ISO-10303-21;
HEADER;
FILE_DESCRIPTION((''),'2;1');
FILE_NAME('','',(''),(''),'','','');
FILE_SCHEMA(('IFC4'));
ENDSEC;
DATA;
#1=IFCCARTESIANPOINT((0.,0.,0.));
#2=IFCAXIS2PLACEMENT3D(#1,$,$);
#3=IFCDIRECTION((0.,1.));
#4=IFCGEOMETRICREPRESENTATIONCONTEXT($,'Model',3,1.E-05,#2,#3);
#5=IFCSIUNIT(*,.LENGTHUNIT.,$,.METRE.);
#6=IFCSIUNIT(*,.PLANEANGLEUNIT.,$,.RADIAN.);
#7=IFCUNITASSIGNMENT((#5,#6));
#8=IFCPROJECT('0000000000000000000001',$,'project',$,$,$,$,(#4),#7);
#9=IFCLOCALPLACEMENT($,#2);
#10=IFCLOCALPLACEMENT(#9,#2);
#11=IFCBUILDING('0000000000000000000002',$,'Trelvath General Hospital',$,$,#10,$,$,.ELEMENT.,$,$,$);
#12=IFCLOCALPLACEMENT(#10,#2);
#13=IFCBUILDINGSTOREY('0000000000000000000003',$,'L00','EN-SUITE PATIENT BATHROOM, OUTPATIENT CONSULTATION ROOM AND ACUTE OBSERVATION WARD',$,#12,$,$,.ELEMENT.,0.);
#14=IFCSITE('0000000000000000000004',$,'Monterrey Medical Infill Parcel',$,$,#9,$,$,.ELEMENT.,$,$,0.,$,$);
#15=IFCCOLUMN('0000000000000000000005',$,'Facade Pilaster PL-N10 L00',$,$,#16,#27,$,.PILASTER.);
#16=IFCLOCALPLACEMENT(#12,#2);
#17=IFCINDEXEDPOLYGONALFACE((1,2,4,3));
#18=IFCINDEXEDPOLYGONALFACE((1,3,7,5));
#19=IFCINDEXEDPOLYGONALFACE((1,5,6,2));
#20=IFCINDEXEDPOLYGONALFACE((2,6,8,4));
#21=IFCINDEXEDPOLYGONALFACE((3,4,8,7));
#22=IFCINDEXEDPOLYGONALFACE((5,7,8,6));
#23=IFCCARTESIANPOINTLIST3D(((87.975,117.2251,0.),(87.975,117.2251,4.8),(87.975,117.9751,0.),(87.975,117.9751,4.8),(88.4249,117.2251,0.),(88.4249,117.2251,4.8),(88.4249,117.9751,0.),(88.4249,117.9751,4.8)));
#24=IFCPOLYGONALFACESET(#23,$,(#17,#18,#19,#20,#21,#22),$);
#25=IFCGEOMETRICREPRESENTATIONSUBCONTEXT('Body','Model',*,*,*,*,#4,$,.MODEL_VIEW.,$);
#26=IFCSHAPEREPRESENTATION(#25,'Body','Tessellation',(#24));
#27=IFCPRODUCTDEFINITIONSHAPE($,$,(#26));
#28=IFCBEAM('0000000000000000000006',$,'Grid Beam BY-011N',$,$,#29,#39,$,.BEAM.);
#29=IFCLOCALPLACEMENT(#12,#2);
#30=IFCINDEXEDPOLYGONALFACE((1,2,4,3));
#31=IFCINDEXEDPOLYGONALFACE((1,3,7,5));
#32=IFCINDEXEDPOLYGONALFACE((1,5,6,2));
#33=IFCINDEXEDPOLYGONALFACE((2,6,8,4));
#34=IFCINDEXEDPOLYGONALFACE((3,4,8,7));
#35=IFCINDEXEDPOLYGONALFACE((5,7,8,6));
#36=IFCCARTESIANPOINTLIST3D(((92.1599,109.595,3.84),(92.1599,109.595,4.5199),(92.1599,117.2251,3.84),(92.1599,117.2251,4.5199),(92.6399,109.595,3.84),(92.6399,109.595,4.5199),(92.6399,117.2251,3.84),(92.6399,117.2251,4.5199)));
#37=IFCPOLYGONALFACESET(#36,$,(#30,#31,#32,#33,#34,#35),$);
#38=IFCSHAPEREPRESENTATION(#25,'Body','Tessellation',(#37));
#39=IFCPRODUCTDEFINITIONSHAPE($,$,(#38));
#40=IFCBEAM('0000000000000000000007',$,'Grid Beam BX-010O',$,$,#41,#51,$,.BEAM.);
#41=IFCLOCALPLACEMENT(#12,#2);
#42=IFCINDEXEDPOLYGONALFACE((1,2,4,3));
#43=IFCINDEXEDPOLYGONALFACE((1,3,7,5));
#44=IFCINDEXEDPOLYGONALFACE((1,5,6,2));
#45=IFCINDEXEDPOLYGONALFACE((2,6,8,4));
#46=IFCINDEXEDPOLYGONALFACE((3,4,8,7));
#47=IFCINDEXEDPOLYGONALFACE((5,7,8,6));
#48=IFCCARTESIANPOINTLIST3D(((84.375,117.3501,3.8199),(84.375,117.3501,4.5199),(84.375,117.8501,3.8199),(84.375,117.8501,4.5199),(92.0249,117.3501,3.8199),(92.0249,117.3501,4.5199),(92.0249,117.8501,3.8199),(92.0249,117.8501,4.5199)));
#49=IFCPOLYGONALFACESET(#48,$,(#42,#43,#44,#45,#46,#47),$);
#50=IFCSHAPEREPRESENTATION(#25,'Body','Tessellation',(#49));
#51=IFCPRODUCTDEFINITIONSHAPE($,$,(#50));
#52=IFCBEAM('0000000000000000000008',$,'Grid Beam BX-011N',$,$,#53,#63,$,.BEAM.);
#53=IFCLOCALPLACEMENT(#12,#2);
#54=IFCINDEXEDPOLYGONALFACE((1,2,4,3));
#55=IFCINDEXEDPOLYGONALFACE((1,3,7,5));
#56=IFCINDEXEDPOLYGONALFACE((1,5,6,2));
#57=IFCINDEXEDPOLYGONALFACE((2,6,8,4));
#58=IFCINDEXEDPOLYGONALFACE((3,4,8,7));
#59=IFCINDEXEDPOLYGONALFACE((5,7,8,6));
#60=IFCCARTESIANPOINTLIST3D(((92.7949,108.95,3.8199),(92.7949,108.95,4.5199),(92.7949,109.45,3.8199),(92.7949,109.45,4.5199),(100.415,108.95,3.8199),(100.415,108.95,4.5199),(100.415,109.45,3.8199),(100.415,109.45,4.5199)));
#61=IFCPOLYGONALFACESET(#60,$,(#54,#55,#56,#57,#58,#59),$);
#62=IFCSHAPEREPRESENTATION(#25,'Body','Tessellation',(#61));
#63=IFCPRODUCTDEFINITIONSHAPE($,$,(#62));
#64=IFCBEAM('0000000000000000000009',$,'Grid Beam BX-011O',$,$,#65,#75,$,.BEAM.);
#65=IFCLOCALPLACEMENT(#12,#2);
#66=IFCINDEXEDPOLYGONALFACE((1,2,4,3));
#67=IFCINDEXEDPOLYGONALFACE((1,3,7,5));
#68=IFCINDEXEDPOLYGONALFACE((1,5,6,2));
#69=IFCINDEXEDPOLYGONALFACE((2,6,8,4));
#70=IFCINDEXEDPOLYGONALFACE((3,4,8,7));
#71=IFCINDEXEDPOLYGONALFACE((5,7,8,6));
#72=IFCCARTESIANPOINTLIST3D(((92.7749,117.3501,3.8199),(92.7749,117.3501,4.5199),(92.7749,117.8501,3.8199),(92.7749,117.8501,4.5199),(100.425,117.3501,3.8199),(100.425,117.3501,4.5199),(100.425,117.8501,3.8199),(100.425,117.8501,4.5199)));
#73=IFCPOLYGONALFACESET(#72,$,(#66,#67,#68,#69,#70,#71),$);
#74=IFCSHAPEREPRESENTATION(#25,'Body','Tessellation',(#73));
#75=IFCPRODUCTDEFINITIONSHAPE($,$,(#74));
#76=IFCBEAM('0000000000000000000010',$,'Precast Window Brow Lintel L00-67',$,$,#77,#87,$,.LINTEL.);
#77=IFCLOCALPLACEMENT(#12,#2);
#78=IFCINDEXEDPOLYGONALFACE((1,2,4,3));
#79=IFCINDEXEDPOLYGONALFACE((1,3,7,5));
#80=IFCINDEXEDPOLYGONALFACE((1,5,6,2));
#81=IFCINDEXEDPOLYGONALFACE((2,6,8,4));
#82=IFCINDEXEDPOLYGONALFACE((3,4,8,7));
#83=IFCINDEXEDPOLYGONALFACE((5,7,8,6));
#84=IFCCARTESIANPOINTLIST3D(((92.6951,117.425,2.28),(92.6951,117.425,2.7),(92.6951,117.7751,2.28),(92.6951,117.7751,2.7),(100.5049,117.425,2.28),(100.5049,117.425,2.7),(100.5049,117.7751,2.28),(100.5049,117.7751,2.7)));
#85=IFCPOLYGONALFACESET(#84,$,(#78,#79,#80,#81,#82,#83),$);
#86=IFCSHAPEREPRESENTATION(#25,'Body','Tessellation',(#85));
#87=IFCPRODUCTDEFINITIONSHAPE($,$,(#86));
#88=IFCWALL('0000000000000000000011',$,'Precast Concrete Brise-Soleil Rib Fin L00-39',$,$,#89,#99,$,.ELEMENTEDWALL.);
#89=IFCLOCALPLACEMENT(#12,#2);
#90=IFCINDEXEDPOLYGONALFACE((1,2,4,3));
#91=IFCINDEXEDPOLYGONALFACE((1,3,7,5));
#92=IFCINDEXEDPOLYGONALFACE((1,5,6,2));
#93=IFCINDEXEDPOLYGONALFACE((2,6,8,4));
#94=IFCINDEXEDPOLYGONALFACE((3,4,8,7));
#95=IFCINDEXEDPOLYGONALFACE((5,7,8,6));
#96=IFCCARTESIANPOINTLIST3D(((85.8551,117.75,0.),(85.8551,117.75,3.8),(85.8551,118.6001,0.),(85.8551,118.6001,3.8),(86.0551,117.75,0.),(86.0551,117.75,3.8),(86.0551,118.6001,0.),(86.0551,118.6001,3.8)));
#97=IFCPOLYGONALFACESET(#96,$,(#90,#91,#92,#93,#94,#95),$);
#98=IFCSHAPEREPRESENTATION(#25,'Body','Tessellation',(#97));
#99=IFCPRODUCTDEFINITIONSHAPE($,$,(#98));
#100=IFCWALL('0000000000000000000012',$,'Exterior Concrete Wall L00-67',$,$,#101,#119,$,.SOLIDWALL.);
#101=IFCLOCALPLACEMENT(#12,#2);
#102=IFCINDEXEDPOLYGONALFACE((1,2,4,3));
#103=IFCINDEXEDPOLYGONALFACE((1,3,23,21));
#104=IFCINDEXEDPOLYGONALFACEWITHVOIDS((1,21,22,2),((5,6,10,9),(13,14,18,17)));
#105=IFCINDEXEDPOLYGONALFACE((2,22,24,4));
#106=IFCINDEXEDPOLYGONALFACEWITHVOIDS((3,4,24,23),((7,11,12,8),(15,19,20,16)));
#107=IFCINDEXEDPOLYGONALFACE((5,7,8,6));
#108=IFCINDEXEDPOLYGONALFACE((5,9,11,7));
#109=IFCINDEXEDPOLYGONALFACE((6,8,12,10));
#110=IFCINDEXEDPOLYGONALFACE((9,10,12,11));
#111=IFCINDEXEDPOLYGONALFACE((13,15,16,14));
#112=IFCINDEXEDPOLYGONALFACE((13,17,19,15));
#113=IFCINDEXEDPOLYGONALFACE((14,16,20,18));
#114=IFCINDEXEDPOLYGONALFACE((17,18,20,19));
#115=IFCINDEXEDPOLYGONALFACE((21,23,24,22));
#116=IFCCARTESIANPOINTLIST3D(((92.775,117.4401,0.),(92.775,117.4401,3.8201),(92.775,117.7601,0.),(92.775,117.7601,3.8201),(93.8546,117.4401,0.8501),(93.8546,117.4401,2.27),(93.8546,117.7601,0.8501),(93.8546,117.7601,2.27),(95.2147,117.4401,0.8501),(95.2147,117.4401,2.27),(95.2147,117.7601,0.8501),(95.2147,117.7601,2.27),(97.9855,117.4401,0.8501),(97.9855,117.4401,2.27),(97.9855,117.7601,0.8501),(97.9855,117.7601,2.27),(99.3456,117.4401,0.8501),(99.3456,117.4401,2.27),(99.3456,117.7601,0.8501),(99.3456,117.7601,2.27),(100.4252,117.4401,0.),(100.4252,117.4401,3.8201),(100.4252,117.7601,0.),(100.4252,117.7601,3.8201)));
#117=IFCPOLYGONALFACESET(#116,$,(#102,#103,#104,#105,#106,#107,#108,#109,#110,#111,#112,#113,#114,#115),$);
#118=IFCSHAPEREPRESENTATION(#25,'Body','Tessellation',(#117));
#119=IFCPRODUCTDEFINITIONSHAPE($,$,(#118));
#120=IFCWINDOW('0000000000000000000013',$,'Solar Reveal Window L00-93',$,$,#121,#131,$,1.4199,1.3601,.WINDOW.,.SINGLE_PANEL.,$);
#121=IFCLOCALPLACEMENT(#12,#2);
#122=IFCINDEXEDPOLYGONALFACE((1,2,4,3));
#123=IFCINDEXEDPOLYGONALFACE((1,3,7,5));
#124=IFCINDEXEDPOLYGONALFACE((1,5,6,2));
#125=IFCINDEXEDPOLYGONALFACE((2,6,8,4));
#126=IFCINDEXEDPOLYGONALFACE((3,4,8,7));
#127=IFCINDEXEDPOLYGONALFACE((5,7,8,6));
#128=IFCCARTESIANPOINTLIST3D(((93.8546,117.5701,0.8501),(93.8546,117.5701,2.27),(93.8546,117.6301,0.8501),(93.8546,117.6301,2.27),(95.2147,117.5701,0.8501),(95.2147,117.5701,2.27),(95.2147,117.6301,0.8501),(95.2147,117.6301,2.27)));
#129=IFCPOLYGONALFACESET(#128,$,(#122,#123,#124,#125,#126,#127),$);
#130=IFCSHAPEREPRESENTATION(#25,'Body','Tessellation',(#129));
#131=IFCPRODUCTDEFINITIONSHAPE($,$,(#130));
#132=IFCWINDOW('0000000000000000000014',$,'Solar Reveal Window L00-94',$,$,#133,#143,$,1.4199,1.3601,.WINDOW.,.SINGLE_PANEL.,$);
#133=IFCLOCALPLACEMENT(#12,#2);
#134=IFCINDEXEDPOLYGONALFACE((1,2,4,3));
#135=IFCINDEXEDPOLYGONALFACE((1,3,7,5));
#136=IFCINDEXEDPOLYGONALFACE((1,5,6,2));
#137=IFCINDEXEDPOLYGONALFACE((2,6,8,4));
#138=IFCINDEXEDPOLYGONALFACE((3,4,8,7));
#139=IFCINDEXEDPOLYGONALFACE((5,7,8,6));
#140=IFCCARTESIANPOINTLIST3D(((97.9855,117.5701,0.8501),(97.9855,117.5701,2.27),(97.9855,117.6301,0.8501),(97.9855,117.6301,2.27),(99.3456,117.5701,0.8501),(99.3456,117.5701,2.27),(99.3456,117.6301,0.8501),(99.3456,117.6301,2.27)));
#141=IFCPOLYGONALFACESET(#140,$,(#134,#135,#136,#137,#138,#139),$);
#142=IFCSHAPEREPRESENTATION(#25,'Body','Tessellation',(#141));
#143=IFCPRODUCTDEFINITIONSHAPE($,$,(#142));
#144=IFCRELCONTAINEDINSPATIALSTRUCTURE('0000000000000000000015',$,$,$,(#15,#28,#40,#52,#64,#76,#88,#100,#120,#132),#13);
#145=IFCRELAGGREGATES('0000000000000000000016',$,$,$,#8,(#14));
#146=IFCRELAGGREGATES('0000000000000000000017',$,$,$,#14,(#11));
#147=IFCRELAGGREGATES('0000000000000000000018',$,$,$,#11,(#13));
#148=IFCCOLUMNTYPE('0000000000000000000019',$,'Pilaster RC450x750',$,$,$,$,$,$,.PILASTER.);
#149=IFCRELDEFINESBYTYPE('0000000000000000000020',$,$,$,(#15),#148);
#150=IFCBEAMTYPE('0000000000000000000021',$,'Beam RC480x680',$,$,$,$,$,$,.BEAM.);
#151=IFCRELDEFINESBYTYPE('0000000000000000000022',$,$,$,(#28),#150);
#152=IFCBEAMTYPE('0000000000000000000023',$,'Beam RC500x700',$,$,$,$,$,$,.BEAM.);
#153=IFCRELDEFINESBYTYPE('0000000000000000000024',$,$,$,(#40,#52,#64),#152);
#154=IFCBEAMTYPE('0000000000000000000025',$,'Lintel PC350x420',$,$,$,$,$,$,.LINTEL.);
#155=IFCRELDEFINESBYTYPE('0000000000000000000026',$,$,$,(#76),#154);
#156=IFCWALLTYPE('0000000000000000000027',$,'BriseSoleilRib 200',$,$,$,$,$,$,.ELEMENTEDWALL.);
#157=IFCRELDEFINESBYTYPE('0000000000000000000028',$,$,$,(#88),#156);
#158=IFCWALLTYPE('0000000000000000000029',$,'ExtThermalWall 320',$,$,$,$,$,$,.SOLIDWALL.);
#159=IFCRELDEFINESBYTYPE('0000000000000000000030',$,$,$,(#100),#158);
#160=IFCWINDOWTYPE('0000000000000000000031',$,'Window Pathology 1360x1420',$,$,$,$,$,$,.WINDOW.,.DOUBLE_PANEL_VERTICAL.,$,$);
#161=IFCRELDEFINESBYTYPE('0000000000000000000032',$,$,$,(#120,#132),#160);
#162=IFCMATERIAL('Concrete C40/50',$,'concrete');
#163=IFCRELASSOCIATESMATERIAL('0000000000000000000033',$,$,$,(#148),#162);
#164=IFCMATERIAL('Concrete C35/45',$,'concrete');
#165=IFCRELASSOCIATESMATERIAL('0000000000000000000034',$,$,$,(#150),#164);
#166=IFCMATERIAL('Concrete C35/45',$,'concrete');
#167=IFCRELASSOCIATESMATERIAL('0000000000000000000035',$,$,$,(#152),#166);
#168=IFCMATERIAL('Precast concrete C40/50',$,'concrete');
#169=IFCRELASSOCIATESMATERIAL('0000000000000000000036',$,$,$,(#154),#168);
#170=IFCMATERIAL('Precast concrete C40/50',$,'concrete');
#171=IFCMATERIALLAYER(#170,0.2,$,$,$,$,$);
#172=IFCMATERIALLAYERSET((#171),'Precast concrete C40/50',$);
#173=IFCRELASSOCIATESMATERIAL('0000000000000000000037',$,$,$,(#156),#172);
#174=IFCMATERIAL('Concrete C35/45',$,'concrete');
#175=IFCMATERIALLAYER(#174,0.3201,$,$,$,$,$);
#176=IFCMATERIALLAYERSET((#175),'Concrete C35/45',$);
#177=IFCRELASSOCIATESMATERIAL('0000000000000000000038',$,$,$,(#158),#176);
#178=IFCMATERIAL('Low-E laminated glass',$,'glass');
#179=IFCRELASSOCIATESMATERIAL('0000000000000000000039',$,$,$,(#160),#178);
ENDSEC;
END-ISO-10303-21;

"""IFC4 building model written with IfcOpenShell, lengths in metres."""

from ifc_helpers import new_model, si_unit, direction, frame, frame_2d, origin, origin_2d, place, context, subcontext, project, spatial, rectangle, extrude, material, layer, layer_set, material_profile, profile_set, type_object, element, fill, save


model = new_model("IFC4")

# Units and contexts
model_context = context("Model", 3, precision=1e-05, world=origin(), true_north=direction((0.0, 1.0)))
body_context = subcontext(model_context, "Body", "Model", "MODEL_VIEW")
ifc_project = project(units=[si_unit("LENGTHUNIT", "METRE"), si_unit("PLANEANGLEUNIT", "RADIAN")], contexts=[model_context])

# Site, building, storey
site_placement = place(None, origin())
site = spatial("IfcSite", under=ifc_project, at=site_placement, Name="Monterrey Medical Infill Parcel", CompositionType="ELEMENT", RefElevation=0.0)
building_placement = place(site_placement, origin())
building = spatial("IfcBuilding", under=site, at=building_placement, Name="Trelvath General Hospital", CompositionType="ELEMENT")
storey_placement = place(building_placement, origin())
storey = spatial("IfcBuildingStorey", under=building, at=storey_placement, Name="L00", Description="EN-SUITE PATIENT BATHROOM, OUTPATIENT CONSULTATION ROOM AND ACUTE OBSERVATION WARD", CompositionType="ELEMENT", Elevation=0.0)

# Column
ifc_material_1 = material(Name="Concrete C40/50", Category="concrete")
ifc_material_profile_1 = material_profile(ifc_material_1, rectangle(XDim=0.45, YDim=0.75, at=origin_2d()), Name="RC450x750")
ifc_profile_set_1 = profile_set([ifc_material_profile_1], Name="Concrete C40/50")
column_type_1 = type_object("IfcColumnType", Name="Pilaster RC450x750", PredefinedType="PILASTER", material=ifc_profile_set_1)
column_1_placement = place(storey_placement, frame((88.2, 117.6001, 0.0), z_axis=(0.0, 0.0, 1.0), x_axis=(1.0, 0.0, 0.0)))
element("IfcColumn", 1, at=column_1_placement, inside=storey, type_object=column_type_1, Name="Facade Pilaster PL-N10 L00", PredefinedType="PILASTER", context=body_context, shape_type="SweptSolid", body=[
    extrude(rectangle(XDim=0.45, YDim=0.75, at=origin_2d()), origin(), (0.0, 0.0, 1.0), 4.8),
])

# Beams
ifc_material_2 = material(Name="Concrete C35/45", Category="concrete")
ifc_material_profile_2 = material_profile(ifc_material_2, rectangle(XDim=0.48, YDim=0.6799, at=origin_2d()), Name="RCB480x680")
ifc_profile_set_2 = profile_set([ifc_material_profile_2], Name="Concrete C35/45")
beam_type_1 = type_object("IfcBeamType", Name="Beam RC480x680", PredefinedType="BEAM", material=ifc_profile_set_2)
beam_1_placement = place(storey_placement, frame((92.3999, 109.595, 4.1799), z_axis=(0.0, 1.0, 0.0), x_axis=(-1.0, 0.0, 0.0)))
element("IfcBeam", 2, at=beam_1_placement, inside=storey, type_object=beam_type_1, Name="Grid Beam BY-011N", PredefinedType="BEAM", context=body_context, shape_type="SweptSolid", body=[
    extrude(rectangle(XDim=0.48, YDim=0.6799, at=origin_2d()), origin(), (0.0, 0.0, 1.0), 7.6301),
])
ifc_material_3 = material(Name="Concrete C35/45", Category="concrete")
ifc_material_profile_3 = material_profile(ifc_material_3, rectangle(XDim=0.5, YDim=0.7, at=origin_2d()), Name="RCB500x700")
ifc_profile_set_3 = profile_set([ifc_material_profile_3], Name="Concrete C35/45")
beam_type_2 = type_object("IfcBeamType", Name="Beam RC500x700", PredefinedType="BEAM", material=ifc_profile_set_3)
beam_2_placement = place(storey_placement, frame((84.375, 117.6001, 4.1699), z_axis=(1.0, 0.0, 0.0), x_axis=(0.0, 1.0, 0.0)))
element("IfcBeam", 3, at=beam_2_placement, inside=storey, type_object=beam_type_2, Name="Grid Beam BX-010O", PredefinedType="BEAM", context=body_context, shape_type="SweptSolid", body=[
    extrude(rectangle(XDim=0.5, YDim=0.7, at=origin_2d()), origin(), (0.0, 0.0, 1.0), 7.6499),
])
beam_3_placement = place(storey_placement, frame((92.7949, 109.2, 4.1699), z_axis=(1.0, 0.0, 0.0), x_axis=(0.0, 1.0, 0.0)))
element("IfcBeam", 4, at=beam_3_placement, inside=storey, type_object=beam_type_2, Name="Grid Beam BX-011N", PredefinedType="BEAM", context=body_context, shape_type="SweptSolid", body=[
    extrude(rectangle(XDim=0.5, YDim=0.7, at=origin_2d()), origin(), (0.0, 0.0, 1.0), 7.6201),
])
beam_4_placement = place(storey_placement, frame((92.7749, 117.6001, 4.1699), z_axis=(1.0, 0.0, 0.0), x_axis=(0.0, 1.0, 0.0)))
element("IfcBeam", 5, at=beam_4_placement, inside=storey, type_object=beam_type_2, Name="Grid Beam BX-011O", PredefinedType="BEAM", context=body_context, shape_type="SweptSolid", body=[
    extrude(rectangle(XDim=0.5, YDim=0.7, at=origin_2d()), origin(), (0.0, 0.0, 1.0), 7.6501),
])
ifc_material_4 = material(Name="Precast concrete C40/50", Category="concrete")
ifc_material_profile_4 = material_profile(ifc_material_4, rectangle(XDim=0.3501, YDim=0.4199, at=origin_2d()), Name="PCL350x420")
ifc_profile_set_4 = profile_set([ifc_material_profile_4], Name="Precast concrete C40/50")
beam_type_3 = type_object("IfcBeamType", Name="Lintel PC350x420", PredefinedType="LINTEL", material=ifc_profile_set_4)
beam_5_placement = place(storey_placement, frame((92.6951, 117.6001, 2.49), z_axis=(1.0, 0.0, 0.0), x_axis=(0.0, 1.0, 0.0)))
element("IfcBeam", 6, at=beam_5_placement, inside=storey, type_object=beam_type_3, Name="Precast Window Brow Lintel L00-67", PredefinedType="LINTEL", context=body_context, shape_type="SweptSolid", body=[
    extrude(rectangle(XDim=0.3501, YDim=0.4199, at=origin_2d()), origin(), (0.0, 0.0, 1.0), 7.8098),
])

# Wall
ifc_material_5 = material(Name="Precast concrete C40/50", Category="concrete")
ifc_layer_1 = layer(ifc_material_5, 0.2)
ifc_layer_set_1 = layer_set([ifc_layer_1], Name="Precast concrete C40/50")
wall_type_1 = type_object("IfcWallType", Name="BriseSoleilRib 200", PredefinedType="ELEMENTEDWALL", material=ifc_layer_set_1)
wall_1_placement = place(storey_placement, frame((85.9551, 117.75, 0.0), z_axis=(0.0, 0.0, 1.0), x_axis=(0.0, 1.0, 0.0)))
element("IfcWall", 7, at=wall_1_placement, inside=storey, type_object=wall_type_1, Name="Precast Concrete Brise-Soleil Rib Fin L00-39", PredefinedType="ELEMENTEDWALL", context=body_context, shape_type="SweptSolid", body=[
    extrude(rectangle(XDim=0.8501, YDim=0.2, at=frame_2d((0.425, 0.0))), origin(), (0.0, 0.0, 1.0), 3.8),
])

# Shared definitions
ifc_material_6 = material(Name="Concrete C35/45", Category="concrete")
ifc_layer_2 = layer(ifc_material_6, 0.3201)
ifc_layer_set_2 = layer_set([ifc_layer_2], Name="Concrete C35/45")
wall_type_2 = type_object("IfcWallType", Name="ExtThermalWall 320", PredefinedType="SOLIDWALL", material=ifc_layer_set_2)

# Wall, openings, windows
wall_2_placement = place(storey_placement, frame((92.7749, 117.6001, 0.0), z_axis=(0.0, 0.0, 1.0), x_axis=(1.0, 0.0, 0.0)))
wall_2 = element("IfcWall", 8, at=wall_2_placement, inside=storey, type_object=wall_type_2, Name="Exterior Concrete Wall L00-67", PredefinedType="SOLIDWALL", context=body_context, shape_type="SweptSolid", body=[
    extrude(rectangle(XDim=7.6501, YDim=0.3201, at=frame_2d((3.8252, 0.0))), origin(), (0.0, 0.0, 1.0), 3.8201),
])
opening_1_placement = place(wall_2_placement, frame((1.0796, 0.0, 0.8501)))
opening_1 = element("IfcOpeningElement", 9, at=opening_1_placement, cuts=wall_2, PredefinedType="OPENING", context=body_context, shape_type="SweptSolid", body=[
    extrude(rectangle(XDim=1.3601, YDim=1.4199, at=frame_2d((0.6802, 0.71))), frame((0.0, 0.1699, 0.0), z_axis=(0.0, -1.0, 0.0), x_axis=(1.0, 0.0, 0.0)), (0.0, 0.0, 1.0), 0.3401),
])
opening_2_placement = place(wall_2_placement, frame((5.2104, 0.0, 0.8501)))
opening_2 = element("IfcOpeningElement", 10, at=opening_2_placement, cuts=wall_2, PredefinedType="OPENING", context=body_context, shape_type="SweptSolid", body=[
    extrude(rectangle(XDim=1.3601, YDim=1.4199, at=frame_2d((0.6802, 0.71))), frame((0.0, 0.1699, 0.0), z_axis=(0.0, -1.0, 0.0), x_axis=(1.0, 0.0, 0.0)), (0.0, 0.0, 1.0), 0.3401),
])
ifc_material_7 = material(Name="Low-E laminated glass", Category="glass")
window_type_1 = type_object("IfcWindowType", Name="Window Pathology 1360x1420", PartitioningType="DOUBLE_PANEL_VERTICAL", PredefinedType="WINDOW", material=ifc_material_7)
window_1_placement = place(opening_1_placement, origin())
window_1 = element("IfcWindow", 11, at=window_1_placement, inside=storey, type_object=window_type_1, Name="Solar Reveal Window L00-93", OverallHeight=1.4199, OverallWidth=1.3601, PartitioningType="SINGLE_PANEL", PredefinedType="WINDOW", context=body_context, shape_type="SweptSolid", body=[
    extrude(rectangle(XDim=1.3601, YDim=1.4199, at=frame_2d((0.6802, 0.71))), frame((0.0, 0.03, 0.0), z_axis=(0.0, -1.0, 0.0), x_axis=(1.0, 0.0, 0.0)), (0.0, 0.0, 1.0), 0.0601),
])
fill(opening_1, window_1)
window_2_placement = place(opening_2_placement, origin())
window_2 = element("IfcWindow", 12, at=window_2_placement, inside=storey, type_object=window_type_1, Name="Solar Reveal Window L00-94", OverallHeight=1.4199, OverallWidth=1.3601, PartitioningType="SINGLE_PANEL", PredefinedType="WINDOW", context=body_context, shape_type="SweptSolid", body=[
    extrude(rectangle(XDim=1.3601, YDim=1.4199, at=frame_2d((0.6802, 0.71))), frame((0.0, 0.03, 0.0), z_axis=(0.0, -1.0, 0.0), x_axis=(1.0, 0.0, 0.0)), (0.0, 0.0, 1.0), 0.0601),
])
fill(opening_2, window_2)

save(model, "model.ifc")
